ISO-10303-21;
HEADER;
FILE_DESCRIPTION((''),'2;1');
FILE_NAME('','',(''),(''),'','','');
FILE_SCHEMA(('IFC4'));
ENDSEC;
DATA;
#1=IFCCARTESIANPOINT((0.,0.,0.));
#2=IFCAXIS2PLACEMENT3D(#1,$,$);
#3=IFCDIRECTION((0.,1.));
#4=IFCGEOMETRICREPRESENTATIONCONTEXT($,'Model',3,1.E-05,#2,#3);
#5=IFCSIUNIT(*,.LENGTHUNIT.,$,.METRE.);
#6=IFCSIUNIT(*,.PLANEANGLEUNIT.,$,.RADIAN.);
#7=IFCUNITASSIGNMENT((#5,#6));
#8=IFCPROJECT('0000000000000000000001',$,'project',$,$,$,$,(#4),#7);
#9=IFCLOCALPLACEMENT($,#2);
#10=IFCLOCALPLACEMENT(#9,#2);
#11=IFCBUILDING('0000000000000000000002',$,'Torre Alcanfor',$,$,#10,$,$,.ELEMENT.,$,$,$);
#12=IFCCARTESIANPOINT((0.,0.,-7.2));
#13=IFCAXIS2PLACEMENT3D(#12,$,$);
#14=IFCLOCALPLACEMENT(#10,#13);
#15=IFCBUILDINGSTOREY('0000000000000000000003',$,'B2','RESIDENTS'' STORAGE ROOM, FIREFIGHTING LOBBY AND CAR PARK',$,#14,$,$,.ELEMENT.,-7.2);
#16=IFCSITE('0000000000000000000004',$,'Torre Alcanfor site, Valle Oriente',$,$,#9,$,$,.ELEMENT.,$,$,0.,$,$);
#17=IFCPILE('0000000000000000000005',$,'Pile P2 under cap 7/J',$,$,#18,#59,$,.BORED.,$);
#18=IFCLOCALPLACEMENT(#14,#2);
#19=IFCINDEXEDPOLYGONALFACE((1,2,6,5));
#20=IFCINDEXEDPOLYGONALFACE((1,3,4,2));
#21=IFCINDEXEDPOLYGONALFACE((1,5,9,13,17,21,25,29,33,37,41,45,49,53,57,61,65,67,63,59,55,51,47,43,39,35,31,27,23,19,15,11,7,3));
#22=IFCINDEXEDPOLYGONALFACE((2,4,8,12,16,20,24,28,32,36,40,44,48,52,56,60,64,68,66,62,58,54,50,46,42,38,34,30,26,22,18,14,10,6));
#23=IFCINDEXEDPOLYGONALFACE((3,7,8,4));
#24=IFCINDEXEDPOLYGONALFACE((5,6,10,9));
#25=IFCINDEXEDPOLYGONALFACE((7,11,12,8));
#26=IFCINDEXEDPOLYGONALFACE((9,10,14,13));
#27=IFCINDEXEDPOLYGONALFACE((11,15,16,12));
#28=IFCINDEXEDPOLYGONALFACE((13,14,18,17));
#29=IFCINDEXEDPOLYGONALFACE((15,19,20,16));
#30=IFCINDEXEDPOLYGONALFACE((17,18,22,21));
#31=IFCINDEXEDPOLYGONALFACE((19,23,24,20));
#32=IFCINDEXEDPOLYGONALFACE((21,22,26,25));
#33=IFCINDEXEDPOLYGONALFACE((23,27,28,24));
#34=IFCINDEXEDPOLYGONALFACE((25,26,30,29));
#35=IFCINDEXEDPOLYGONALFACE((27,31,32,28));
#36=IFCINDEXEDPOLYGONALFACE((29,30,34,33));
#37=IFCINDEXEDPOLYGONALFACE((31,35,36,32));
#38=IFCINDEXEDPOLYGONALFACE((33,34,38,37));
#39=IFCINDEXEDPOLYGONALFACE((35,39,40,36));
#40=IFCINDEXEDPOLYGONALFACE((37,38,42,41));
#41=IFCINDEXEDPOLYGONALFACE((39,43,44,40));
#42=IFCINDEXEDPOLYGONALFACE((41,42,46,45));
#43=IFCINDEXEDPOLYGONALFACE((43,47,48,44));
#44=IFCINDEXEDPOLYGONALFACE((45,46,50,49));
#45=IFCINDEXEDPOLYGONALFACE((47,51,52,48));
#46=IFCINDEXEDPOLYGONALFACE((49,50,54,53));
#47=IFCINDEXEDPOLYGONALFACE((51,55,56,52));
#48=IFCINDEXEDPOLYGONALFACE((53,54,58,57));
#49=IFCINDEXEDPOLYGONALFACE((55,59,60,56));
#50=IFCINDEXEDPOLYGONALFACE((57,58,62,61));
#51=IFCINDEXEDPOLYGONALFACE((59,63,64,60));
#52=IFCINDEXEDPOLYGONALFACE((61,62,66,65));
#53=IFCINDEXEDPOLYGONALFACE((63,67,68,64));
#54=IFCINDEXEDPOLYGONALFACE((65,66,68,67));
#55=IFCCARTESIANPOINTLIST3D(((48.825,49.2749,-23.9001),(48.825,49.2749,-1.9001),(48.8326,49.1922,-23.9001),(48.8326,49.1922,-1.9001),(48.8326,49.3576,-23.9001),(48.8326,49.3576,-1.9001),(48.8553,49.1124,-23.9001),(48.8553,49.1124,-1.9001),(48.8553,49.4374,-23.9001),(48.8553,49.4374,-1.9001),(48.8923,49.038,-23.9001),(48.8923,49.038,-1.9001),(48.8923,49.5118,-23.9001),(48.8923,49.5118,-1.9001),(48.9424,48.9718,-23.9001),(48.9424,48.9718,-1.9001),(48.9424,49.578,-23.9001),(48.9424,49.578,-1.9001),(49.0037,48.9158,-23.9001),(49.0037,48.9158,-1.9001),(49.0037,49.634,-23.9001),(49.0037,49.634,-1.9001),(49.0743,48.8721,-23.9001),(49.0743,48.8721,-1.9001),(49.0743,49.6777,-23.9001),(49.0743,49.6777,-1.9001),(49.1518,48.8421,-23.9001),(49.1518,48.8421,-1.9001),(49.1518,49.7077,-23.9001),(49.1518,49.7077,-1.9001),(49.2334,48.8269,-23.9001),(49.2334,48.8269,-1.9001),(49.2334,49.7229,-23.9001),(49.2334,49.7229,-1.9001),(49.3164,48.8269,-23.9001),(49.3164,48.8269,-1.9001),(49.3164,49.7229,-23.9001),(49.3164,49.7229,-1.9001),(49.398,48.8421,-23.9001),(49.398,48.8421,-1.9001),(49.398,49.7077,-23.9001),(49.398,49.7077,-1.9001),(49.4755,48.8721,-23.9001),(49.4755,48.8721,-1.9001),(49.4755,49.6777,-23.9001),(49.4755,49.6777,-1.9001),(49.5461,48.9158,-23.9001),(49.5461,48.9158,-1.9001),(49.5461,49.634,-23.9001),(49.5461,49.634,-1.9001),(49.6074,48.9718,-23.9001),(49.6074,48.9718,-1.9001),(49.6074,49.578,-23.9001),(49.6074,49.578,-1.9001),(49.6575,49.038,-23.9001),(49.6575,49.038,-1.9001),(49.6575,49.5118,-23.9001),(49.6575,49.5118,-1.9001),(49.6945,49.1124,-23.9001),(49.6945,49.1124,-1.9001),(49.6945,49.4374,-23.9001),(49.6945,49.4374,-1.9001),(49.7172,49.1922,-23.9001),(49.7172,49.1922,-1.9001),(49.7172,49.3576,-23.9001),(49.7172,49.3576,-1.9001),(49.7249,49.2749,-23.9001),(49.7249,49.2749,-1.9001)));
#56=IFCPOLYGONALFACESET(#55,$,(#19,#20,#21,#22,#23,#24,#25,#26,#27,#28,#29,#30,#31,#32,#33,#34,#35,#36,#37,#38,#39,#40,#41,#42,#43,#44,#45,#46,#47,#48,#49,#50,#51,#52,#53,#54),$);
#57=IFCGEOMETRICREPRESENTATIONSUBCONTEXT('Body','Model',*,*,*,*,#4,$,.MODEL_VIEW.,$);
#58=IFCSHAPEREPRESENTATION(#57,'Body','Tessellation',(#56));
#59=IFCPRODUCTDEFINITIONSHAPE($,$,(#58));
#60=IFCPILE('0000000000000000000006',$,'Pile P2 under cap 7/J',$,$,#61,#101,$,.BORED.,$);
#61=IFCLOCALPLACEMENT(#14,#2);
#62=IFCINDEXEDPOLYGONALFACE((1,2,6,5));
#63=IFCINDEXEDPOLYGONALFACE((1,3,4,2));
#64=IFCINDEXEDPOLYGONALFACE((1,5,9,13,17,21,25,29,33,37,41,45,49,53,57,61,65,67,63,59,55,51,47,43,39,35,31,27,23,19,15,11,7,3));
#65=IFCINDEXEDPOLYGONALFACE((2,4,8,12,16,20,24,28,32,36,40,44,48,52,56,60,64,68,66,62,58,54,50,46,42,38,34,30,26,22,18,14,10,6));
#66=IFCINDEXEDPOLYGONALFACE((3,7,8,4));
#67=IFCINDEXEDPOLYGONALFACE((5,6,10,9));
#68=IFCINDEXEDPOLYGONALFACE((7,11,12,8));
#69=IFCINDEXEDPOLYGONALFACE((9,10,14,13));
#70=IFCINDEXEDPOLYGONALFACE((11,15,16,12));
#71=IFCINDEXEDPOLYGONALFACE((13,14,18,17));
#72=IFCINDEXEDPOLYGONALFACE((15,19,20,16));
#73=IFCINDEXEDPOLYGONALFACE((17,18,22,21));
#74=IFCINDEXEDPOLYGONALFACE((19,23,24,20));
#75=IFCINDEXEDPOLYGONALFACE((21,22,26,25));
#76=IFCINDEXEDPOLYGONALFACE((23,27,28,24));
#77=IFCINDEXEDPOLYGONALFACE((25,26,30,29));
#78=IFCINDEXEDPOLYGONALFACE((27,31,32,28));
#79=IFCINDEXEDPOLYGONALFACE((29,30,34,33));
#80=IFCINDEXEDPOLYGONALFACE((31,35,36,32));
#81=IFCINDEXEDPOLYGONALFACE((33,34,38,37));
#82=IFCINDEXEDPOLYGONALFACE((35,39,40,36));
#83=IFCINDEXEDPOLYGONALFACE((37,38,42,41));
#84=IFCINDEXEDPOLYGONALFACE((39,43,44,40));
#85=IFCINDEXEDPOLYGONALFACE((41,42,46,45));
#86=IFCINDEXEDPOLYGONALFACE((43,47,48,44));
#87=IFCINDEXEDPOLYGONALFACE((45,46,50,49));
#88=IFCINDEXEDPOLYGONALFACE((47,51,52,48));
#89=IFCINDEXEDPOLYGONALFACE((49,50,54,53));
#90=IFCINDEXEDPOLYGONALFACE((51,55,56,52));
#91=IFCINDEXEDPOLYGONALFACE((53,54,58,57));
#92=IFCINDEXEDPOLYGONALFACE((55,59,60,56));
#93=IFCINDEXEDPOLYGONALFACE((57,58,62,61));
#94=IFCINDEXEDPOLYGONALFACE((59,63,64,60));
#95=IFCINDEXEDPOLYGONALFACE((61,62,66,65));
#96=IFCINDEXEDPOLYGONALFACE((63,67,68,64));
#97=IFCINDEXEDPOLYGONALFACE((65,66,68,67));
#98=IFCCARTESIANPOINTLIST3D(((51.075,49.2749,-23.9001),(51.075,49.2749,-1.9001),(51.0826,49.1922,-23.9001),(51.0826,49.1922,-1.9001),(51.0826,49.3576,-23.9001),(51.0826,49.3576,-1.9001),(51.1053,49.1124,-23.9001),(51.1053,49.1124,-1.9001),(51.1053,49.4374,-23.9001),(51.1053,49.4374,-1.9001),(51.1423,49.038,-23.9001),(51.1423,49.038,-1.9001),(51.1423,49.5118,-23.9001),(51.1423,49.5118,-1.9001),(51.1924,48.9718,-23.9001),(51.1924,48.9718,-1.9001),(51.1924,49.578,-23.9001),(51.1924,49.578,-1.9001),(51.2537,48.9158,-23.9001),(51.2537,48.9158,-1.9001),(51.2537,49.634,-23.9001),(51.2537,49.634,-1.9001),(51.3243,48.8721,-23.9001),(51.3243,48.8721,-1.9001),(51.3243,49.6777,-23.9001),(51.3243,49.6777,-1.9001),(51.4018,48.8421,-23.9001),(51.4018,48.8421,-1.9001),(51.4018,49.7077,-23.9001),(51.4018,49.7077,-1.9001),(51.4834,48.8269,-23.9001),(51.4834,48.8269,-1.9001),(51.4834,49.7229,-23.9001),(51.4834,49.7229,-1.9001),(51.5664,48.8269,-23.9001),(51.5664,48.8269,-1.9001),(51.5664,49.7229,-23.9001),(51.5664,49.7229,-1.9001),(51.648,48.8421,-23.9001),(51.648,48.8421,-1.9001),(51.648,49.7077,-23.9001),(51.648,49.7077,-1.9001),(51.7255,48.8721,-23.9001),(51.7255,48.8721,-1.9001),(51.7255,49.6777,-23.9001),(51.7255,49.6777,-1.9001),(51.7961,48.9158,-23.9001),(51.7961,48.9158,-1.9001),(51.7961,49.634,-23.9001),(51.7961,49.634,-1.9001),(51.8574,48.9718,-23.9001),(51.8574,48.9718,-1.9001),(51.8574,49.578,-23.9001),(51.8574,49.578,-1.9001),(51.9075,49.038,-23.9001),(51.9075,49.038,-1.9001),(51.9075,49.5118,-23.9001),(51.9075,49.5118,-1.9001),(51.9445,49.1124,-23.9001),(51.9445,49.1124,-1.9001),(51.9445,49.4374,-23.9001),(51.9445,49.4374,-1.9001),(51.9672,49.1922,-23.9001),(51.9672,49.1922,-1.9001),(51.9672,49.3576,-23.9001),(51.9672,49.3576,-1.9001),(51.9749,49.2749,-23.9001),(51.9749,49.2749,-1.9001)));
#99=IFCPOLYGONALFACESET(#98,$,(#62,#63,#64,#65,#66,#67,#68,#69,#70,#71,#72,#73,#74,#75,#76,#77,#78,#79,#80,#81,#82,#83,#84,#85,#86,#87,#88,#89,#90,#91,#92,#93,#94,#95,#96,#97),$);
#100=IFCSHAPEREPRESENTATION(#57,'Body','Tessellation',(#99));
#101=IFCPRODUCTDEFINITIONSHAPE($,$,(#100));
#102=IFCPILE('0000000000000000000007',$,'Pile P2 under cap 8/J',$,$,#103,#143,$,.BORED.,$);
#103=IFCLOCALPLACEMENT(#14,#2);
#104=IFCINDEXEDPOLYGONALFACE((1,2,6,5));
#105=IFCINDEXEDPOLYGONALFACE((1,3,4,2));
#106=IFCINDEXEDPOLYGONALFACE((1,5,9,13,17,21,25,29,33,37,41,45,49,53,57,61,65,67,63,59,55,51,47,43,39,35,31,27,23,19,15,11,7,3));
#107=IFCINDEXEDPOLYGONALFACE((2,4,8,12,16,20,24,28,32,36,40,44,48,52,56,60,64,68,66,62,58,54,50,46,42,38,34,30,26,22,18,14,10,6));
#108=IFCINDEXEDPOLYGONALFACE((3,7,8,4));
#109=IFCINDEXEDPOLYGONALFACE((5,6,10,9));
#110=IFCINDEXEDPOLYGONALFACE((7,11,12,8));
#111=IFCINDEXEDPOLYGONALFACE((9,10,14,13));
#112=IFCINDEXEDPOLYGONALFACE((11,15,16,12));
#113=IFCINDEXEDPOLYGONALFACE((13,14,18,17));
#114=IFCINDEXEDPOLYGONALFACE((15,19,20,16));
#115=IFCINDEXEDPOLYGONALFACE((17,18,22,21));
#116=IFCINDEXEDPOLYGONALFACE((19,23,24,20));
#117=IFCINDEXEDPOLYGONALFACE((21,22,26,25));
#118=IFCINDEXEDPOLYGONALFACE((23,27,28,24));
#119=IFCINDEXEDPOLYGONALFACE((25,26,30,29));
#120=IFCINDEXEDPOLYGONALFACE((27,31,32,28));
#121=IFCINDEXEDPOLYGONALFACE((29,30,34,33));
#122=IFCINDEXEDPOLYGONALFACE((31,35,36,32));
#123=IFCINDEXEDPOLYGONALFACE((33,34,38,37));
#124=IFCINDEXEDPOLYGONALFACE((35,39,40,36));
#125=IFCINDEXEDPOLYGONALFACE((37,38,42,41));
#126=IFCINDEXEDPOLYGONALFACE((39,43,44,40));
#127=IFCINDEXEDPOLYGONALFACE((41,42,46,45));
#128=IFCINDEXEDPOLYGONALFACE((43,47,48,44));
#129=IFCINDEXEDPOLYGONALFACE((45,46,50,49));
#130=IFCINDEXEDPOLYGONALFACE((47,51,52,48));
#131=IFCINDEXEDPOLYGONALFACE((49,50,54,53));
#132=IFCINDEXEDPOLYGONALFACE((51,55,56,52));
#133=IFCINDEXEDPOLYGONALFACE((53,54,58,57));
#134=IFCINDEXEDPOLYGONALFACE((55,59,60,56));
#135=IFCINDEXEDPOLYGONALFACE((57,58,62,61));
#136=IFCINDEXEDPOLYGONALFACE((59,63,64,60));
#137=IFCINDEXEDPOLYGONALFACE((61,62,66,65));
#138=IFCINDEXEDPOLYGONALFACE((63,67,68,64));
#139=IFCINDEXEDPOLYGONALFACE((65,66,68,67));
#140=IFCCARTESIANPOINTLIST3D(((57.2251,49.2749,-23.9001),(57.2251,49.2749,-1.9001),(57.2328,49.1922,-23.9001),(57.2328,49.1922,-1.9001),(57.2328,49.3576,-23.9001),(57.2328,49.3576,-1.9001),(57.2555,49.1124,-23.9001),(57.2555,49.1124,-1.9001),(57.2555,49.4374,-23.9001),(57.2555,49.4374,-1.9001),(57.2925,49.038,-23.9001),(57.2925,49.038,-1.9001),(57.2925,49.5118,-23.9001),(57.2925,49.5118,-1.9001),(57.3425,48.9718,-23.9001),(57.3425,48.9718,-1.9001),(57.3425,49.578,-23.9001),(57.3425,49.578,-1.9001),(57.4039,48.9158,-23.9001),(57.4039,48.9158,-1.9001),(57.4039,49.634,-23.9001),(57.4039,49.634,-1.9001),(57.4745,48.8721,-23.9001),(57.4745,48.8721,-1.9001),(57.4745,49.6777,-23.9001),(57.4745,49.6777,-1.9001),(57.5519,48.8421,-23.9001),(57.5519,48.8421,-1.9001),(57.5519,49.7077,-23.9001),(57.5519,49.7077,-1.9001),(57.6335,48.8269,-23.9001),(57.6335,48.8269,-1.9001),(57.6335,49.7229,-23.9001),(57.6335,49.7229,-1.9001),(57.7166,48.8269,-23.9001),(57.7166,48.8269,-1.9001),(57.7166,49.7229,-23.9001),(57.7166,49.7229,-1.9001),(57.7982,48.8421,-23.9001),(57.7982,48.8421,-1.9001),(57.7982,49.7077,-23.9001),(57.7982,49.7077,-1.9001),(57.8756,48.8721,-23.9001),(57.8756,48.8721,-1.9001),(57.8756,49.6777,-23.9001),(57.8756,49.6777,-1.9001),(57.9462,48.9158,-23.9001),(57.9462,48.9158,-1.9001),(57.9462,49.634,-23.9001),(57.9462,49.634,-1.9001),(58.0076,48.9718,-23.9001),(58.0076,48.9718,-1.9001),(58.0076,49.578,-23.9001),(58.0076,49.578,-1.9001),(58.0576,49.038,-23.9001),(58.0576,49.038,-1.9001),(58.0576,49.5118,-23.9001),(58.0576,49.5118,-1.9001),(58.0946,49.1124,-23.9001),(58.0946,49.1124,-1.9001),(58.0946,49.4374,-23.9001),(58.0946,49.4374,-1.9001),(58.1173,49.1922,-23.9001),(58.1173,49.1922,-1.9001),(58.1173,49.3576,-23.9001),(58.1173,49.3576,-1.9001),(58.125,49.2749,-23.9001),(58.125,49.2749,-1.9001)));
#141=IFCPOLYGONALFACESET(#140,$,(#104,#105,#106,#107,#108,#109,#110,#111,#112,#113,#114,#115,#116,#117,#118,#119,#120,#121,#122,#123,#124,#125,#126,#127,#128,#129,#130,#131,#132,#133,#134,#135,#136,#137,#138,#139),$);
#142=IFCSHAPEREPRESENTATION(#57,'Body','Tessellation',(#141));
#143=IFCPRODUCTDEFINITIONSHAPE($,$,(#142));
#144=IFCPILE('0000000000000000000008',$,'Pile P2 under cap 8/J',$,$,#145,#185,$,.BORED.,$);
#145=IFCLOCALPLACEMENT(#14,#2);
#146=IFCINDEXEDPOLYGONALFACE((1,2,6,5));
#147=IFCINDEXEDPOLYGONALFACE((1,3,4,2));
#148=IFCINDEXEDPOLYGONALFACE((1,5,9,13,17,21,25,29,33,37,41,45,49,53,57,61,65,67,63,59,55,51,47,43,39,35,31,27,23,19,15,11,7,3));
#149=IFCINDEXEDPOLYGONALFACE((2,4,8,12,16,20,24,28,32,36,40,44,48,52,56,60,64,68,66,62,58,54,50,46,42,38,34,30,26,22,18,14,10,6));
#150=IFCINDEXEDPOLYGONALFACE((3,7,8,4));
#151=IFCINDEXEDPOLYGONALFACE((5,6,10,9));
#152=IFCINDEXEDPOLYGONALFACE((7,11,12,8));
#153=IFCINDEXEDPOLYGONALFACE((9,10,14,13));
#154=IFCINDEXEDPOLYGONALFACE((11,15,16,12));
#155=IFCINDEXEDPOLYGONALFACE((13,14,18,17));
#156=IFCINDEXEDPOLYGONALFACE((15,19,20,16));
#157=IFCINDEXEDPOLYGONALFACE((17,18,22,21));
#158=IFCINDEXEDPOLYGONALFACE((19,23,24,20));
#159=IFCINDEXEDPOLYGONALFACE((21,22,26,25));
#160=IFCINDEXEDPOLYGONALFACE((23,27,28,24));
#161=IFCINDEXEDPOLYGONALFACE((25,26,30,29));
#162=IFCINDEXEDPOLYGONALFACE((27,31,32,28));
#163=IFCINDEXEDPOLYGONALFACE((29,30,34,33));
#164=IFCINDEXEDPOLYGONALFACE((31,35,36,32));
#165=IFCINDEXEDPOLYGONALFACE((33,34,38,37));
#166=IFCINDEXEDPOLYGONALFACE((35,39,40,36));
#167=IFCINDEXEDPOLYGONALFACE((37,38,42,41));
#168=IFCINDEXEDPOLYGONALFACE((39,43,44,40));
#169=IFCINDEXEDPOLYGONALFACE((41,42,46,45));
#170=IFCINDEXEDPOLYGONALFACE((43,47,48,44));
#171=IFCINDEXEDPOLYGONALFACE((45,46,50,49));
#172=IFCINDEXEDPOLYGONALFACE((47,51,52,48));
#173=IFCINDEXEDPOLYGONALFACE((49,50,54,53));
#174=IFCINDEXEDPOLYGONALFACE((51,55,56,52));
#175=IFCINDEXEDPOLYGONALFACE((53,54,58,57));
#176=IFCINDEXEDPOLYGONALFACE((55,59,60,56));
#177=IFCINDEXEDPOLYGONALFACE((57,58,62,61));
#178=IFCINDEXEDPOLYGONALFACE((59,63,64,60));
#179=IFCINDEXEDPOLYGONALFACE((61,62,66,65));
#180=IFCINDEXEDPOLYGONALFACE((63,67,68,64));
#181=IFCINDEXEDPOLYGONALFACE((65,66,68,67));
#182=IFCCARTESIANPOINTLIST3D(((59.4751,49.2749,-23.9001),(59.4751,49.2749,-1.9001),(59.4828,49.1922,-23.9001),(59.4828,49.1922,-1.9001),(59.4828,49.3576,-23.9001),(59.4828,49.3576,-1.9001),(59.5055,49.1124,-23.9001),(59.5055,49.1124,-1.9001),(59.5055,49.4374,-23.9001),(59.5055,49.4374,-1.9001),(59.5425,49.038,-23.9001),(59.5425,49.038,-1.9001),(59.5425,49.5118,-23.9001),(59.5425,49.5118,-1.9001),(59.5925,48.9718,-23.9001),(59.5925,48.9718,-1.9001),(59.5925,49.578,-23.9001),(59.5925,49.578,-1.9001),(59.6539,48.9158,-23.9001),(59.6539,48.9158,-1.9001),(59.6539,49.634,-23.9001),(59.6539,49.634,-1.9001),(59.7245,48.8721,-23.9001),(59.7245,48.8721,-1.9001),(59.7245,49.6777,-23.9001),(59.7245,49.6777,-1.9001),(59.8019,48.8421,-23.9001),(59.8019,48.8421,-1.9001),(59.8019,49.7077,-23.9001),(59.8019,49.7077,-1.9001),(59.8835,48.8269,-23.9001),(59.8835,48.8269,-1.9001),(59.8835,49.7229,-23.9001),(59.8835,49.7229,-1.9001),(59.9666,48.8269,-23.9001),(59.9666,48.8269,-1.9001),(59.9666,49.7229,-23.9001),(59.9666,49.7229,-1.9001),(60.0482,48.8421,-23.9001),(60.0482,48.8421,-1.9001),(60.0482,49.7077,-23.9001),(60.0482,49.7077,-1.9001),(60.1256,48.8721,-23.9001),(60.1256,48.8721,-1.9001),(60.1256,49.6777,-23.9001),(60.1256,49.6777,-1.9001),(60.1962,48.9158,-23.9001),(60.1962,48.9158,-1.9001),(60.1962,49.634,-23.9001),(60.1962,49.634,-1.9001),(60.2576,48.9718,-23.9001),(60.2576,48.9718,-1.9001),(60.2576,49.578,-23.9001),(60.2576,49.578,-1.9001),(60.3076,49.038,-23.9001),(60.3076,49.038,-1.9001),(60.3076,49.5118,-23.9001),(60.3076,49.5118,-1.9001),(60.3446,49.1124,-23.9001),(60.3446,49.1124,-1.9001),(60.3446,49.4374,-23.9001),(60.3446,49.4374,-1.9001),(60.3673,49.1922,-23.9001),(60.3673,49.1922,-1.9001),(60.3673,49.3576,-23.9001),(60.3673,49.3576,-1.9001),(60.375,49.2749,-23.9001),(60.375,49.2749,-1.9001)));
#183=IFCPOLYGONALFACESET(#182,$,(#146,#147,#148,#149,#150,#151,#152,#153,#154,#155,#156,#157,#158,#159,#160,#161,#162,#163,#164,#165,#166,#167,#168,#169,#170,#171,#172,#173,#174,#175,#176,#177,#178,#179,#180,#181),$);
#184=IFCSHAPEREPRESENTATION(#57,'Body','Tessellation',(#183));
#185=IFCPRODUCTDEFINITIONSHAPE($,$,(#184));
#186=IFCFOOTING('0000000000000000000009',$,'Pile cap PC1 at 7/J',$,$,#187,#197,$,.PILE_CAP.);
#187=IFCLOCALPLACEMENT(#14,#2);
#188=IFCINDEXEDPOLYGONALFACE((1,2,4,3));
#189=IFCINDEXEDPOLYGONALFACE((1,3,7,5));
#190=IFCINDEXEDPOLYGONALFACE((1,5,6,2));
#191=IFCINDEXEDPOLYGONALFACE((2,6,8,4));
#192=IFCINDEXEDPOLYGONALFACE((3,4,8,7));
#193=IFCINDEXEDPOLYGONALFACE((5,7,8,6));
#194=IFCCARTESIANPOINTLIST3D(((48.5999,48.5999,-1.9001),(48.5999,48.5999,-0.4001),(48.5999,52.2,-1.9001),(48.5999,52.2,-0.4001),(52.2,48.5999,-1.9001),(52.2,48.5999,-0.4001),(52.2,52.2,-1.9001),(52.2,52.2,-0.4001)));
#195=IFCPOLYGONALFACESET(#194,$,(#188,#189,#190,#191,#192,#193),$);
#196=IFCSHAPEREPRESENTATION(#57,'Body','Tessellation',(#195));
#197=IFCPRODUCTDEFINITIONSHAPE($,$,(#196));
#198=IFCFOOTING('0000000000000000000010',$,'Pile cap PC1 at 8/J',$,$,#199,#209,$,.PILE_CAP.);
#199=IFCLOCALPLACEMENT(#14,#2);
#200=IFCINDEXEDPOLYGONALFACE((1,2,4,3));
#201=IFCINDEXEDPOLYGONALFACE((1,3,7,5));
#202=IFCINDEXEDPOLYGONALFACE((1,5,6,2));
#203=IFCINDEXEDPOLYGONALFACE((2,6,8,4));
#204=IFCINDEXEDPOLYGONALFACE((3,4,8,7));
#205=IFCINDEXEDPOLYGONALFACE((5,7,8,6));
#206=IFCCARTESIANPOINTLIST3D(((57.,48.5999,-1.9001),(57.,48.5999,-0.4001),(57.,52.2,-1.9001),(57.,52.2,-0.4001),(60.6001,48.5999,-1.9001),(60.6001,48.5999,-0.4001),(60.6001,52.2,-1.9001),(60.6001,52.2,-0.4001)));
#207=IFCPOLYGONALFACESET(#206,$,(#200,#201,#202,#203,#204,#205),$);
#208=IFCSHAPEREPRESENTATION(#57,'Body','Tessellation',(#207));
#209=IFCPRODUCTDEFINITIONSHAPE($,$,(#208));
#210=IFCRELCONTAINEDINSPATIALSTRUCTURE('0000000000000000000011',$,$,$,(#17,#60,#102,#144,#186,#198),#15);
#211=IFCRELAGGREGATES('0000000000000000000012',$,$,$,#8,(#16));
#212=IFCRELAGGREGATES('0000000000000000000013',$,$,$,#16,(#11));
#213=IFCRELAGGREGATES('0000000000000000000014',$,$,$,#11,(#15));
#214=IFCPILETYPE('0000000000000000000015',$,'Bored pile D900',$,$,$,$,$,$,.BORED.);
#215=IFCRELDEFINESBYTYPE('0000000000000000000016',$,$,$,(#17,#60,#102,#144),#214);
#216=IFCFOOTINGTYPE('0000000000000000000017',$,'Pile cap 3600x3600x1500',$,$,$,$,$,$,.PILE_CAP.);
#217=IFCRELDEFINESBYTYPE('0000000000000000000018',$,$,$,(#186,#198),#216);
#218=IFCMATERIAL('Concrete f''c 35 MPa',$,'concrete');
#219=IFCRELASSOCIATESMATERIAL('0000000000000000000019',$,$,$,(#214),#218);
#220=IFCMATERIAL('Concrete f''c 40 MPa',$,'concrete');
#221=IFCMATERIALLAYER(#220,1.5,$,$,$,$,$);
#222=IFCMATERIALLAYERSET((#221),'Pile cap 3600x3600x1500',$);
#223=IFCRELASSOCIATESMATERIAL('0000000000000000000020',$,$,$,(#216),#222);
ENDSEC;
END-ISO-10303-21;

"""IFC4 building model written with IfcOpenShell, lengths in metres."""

from ifc_helpers import new_model, si_unit, direction, frame, origin, origin_2d, place, context, subcontext, project, spatial, rectangle, circle, extrude, material, layer, layer_set, material_profile, profile_set, type_object, element, save


model = new_model("IFC4")

# Units and contexts
model_context = context("Model", 3, precision=1e-05, world=origin(), true_north=direction((0.0, 1.0)))
body_context = subcontext(model_context, "Body", "Model", "MODEL_VIEW")
ifc_project = project(units=[si_unit("LENGTHUNIT", "METRE"), si_unit("PLANEANGLEUNIT", "RADIAN")], contexts=[model_context])

# Site, building, storey
site_placement = place(None, origin())
site = spatial("IfcSite", under=ifc_project, at=site_placement, Name="Torre Alcanfor site, Valle Oriente", CompositionType="ELEMENT", RefElevation=0.0)
building_placement = place(site_placement, origin())
building = spatial("IfcBuilding", under=site, at=building_placement, Name="Torre Alcanfor", CompositionType="ELEMENT")
storey_placement = place(building_placement, frame((0.0, 0.0, -7.2)))
storey = spatial("IfcBuildingStorey", under=building, at=storey_placement, Name="B2", Description="RESIDENTS' STORAGE ROOM, FIREFIGHTING LOBBY AND CAR PARK", CompositionType="ELEMENT", Elevation=-7.2)

# Piles
ifc_material_1 = material(Name="Concrete f'c 35 MPa", Category="concrete")
ifc_material_profile_1 = material_profile(ifc_material_1, circle(Radius=0.45, at=origin_2d()), Name="D900")
ifc_profile_set_1 = profile_set([ifc_material_profile_1], Name="Concrete f'c 35 MPa")
pile_type_1 = type_object("IfcPileType", Name="Bored pile D900", PredefinedType="BORED", material=ifc_profile_set_1)
for number, where, z_axis, x_axis, name in (
    (1, (49.2749, 49.2749, -1.9001), (0.0, 0.0, -1.0), (1.0, 0.0, 0.0), "Pile P2 under cap 7/J"),
    (2, (51.5249, 49.2749, -1.9001), (0.0, 0.0, -1.0), (1.0, 0.0, 0.0), "Pile P2 under cap 7/J"),
    (3, (57.675, 49.2749, -1.9001), (0.0, 0.0, -1.0), (1.0, 0.0, 0.0), "Pile P2 under cap 8/J"),
    (4, (59.925, 49.2749, -1.9001), (0.0, 0.0, -1.0), (1.0, 0.0, 0.0), "Pile P2 under cap 8/J"),
):
    element("IfcPile", number, at=place(storey_placement, frame(where, z_axis=z_axis, x_axis=x_axis)), inside=storey, type_object=pile_type_1, Name=name, PredefinedType="BORED", context=body_context, shape_type="SweptSolid", body=[
        extrude(circle(Radius=0.45, at=origin_2d()), origin(), (0.0, 0.0, 1.0), 22.0),
    ])

# Footings
ifc_material_2 = material(Name="Concrete f'c 40 MPa", Category="concrete")
ifc_layer_1 = layer(ifc_material_2, 1.5)
ifc_layer_set_1 = layer_set([ifc_layer_1], Name="Pile cap 3600x3600x1500")
footing_type = type_object("IfcFootingType", Name="Pile cap 3600x3600x1500", PredefinedType="PILE_CAP", material=ifc_layer_set_1)
for number, where, z_axis, x_axis, name in (
    (5, (50.3999, 50.3999, -1.9001), (0.0, 0.0, 1.0), (1.0, 0.0, 0.0), "Pile cap PC1 at 7/J"),
    (6, (58.8, 50.3999, -1.9001), (0.0, 0.0, 1.0), (1.0, 0.0, 0.0), "Pile cap PC1 at 8/J"),
):
    element("IfcFooting", number, at=place(storey_placement, frame(where, z_axis=z_axis, x_axis=x_axis)), inside=storey, type_object=footing_type, Name=name, PredefinedType="PILE_CAP", context=body_context, shape_type="SweptSolid", body=[
        extrude(rectangle(XDim=3.6001, YDim=3.6001, at=origin_2d()), origin(), (0.0, 0.0, 1.0), 1.5),
    ])

save(model, "model.ifc")
